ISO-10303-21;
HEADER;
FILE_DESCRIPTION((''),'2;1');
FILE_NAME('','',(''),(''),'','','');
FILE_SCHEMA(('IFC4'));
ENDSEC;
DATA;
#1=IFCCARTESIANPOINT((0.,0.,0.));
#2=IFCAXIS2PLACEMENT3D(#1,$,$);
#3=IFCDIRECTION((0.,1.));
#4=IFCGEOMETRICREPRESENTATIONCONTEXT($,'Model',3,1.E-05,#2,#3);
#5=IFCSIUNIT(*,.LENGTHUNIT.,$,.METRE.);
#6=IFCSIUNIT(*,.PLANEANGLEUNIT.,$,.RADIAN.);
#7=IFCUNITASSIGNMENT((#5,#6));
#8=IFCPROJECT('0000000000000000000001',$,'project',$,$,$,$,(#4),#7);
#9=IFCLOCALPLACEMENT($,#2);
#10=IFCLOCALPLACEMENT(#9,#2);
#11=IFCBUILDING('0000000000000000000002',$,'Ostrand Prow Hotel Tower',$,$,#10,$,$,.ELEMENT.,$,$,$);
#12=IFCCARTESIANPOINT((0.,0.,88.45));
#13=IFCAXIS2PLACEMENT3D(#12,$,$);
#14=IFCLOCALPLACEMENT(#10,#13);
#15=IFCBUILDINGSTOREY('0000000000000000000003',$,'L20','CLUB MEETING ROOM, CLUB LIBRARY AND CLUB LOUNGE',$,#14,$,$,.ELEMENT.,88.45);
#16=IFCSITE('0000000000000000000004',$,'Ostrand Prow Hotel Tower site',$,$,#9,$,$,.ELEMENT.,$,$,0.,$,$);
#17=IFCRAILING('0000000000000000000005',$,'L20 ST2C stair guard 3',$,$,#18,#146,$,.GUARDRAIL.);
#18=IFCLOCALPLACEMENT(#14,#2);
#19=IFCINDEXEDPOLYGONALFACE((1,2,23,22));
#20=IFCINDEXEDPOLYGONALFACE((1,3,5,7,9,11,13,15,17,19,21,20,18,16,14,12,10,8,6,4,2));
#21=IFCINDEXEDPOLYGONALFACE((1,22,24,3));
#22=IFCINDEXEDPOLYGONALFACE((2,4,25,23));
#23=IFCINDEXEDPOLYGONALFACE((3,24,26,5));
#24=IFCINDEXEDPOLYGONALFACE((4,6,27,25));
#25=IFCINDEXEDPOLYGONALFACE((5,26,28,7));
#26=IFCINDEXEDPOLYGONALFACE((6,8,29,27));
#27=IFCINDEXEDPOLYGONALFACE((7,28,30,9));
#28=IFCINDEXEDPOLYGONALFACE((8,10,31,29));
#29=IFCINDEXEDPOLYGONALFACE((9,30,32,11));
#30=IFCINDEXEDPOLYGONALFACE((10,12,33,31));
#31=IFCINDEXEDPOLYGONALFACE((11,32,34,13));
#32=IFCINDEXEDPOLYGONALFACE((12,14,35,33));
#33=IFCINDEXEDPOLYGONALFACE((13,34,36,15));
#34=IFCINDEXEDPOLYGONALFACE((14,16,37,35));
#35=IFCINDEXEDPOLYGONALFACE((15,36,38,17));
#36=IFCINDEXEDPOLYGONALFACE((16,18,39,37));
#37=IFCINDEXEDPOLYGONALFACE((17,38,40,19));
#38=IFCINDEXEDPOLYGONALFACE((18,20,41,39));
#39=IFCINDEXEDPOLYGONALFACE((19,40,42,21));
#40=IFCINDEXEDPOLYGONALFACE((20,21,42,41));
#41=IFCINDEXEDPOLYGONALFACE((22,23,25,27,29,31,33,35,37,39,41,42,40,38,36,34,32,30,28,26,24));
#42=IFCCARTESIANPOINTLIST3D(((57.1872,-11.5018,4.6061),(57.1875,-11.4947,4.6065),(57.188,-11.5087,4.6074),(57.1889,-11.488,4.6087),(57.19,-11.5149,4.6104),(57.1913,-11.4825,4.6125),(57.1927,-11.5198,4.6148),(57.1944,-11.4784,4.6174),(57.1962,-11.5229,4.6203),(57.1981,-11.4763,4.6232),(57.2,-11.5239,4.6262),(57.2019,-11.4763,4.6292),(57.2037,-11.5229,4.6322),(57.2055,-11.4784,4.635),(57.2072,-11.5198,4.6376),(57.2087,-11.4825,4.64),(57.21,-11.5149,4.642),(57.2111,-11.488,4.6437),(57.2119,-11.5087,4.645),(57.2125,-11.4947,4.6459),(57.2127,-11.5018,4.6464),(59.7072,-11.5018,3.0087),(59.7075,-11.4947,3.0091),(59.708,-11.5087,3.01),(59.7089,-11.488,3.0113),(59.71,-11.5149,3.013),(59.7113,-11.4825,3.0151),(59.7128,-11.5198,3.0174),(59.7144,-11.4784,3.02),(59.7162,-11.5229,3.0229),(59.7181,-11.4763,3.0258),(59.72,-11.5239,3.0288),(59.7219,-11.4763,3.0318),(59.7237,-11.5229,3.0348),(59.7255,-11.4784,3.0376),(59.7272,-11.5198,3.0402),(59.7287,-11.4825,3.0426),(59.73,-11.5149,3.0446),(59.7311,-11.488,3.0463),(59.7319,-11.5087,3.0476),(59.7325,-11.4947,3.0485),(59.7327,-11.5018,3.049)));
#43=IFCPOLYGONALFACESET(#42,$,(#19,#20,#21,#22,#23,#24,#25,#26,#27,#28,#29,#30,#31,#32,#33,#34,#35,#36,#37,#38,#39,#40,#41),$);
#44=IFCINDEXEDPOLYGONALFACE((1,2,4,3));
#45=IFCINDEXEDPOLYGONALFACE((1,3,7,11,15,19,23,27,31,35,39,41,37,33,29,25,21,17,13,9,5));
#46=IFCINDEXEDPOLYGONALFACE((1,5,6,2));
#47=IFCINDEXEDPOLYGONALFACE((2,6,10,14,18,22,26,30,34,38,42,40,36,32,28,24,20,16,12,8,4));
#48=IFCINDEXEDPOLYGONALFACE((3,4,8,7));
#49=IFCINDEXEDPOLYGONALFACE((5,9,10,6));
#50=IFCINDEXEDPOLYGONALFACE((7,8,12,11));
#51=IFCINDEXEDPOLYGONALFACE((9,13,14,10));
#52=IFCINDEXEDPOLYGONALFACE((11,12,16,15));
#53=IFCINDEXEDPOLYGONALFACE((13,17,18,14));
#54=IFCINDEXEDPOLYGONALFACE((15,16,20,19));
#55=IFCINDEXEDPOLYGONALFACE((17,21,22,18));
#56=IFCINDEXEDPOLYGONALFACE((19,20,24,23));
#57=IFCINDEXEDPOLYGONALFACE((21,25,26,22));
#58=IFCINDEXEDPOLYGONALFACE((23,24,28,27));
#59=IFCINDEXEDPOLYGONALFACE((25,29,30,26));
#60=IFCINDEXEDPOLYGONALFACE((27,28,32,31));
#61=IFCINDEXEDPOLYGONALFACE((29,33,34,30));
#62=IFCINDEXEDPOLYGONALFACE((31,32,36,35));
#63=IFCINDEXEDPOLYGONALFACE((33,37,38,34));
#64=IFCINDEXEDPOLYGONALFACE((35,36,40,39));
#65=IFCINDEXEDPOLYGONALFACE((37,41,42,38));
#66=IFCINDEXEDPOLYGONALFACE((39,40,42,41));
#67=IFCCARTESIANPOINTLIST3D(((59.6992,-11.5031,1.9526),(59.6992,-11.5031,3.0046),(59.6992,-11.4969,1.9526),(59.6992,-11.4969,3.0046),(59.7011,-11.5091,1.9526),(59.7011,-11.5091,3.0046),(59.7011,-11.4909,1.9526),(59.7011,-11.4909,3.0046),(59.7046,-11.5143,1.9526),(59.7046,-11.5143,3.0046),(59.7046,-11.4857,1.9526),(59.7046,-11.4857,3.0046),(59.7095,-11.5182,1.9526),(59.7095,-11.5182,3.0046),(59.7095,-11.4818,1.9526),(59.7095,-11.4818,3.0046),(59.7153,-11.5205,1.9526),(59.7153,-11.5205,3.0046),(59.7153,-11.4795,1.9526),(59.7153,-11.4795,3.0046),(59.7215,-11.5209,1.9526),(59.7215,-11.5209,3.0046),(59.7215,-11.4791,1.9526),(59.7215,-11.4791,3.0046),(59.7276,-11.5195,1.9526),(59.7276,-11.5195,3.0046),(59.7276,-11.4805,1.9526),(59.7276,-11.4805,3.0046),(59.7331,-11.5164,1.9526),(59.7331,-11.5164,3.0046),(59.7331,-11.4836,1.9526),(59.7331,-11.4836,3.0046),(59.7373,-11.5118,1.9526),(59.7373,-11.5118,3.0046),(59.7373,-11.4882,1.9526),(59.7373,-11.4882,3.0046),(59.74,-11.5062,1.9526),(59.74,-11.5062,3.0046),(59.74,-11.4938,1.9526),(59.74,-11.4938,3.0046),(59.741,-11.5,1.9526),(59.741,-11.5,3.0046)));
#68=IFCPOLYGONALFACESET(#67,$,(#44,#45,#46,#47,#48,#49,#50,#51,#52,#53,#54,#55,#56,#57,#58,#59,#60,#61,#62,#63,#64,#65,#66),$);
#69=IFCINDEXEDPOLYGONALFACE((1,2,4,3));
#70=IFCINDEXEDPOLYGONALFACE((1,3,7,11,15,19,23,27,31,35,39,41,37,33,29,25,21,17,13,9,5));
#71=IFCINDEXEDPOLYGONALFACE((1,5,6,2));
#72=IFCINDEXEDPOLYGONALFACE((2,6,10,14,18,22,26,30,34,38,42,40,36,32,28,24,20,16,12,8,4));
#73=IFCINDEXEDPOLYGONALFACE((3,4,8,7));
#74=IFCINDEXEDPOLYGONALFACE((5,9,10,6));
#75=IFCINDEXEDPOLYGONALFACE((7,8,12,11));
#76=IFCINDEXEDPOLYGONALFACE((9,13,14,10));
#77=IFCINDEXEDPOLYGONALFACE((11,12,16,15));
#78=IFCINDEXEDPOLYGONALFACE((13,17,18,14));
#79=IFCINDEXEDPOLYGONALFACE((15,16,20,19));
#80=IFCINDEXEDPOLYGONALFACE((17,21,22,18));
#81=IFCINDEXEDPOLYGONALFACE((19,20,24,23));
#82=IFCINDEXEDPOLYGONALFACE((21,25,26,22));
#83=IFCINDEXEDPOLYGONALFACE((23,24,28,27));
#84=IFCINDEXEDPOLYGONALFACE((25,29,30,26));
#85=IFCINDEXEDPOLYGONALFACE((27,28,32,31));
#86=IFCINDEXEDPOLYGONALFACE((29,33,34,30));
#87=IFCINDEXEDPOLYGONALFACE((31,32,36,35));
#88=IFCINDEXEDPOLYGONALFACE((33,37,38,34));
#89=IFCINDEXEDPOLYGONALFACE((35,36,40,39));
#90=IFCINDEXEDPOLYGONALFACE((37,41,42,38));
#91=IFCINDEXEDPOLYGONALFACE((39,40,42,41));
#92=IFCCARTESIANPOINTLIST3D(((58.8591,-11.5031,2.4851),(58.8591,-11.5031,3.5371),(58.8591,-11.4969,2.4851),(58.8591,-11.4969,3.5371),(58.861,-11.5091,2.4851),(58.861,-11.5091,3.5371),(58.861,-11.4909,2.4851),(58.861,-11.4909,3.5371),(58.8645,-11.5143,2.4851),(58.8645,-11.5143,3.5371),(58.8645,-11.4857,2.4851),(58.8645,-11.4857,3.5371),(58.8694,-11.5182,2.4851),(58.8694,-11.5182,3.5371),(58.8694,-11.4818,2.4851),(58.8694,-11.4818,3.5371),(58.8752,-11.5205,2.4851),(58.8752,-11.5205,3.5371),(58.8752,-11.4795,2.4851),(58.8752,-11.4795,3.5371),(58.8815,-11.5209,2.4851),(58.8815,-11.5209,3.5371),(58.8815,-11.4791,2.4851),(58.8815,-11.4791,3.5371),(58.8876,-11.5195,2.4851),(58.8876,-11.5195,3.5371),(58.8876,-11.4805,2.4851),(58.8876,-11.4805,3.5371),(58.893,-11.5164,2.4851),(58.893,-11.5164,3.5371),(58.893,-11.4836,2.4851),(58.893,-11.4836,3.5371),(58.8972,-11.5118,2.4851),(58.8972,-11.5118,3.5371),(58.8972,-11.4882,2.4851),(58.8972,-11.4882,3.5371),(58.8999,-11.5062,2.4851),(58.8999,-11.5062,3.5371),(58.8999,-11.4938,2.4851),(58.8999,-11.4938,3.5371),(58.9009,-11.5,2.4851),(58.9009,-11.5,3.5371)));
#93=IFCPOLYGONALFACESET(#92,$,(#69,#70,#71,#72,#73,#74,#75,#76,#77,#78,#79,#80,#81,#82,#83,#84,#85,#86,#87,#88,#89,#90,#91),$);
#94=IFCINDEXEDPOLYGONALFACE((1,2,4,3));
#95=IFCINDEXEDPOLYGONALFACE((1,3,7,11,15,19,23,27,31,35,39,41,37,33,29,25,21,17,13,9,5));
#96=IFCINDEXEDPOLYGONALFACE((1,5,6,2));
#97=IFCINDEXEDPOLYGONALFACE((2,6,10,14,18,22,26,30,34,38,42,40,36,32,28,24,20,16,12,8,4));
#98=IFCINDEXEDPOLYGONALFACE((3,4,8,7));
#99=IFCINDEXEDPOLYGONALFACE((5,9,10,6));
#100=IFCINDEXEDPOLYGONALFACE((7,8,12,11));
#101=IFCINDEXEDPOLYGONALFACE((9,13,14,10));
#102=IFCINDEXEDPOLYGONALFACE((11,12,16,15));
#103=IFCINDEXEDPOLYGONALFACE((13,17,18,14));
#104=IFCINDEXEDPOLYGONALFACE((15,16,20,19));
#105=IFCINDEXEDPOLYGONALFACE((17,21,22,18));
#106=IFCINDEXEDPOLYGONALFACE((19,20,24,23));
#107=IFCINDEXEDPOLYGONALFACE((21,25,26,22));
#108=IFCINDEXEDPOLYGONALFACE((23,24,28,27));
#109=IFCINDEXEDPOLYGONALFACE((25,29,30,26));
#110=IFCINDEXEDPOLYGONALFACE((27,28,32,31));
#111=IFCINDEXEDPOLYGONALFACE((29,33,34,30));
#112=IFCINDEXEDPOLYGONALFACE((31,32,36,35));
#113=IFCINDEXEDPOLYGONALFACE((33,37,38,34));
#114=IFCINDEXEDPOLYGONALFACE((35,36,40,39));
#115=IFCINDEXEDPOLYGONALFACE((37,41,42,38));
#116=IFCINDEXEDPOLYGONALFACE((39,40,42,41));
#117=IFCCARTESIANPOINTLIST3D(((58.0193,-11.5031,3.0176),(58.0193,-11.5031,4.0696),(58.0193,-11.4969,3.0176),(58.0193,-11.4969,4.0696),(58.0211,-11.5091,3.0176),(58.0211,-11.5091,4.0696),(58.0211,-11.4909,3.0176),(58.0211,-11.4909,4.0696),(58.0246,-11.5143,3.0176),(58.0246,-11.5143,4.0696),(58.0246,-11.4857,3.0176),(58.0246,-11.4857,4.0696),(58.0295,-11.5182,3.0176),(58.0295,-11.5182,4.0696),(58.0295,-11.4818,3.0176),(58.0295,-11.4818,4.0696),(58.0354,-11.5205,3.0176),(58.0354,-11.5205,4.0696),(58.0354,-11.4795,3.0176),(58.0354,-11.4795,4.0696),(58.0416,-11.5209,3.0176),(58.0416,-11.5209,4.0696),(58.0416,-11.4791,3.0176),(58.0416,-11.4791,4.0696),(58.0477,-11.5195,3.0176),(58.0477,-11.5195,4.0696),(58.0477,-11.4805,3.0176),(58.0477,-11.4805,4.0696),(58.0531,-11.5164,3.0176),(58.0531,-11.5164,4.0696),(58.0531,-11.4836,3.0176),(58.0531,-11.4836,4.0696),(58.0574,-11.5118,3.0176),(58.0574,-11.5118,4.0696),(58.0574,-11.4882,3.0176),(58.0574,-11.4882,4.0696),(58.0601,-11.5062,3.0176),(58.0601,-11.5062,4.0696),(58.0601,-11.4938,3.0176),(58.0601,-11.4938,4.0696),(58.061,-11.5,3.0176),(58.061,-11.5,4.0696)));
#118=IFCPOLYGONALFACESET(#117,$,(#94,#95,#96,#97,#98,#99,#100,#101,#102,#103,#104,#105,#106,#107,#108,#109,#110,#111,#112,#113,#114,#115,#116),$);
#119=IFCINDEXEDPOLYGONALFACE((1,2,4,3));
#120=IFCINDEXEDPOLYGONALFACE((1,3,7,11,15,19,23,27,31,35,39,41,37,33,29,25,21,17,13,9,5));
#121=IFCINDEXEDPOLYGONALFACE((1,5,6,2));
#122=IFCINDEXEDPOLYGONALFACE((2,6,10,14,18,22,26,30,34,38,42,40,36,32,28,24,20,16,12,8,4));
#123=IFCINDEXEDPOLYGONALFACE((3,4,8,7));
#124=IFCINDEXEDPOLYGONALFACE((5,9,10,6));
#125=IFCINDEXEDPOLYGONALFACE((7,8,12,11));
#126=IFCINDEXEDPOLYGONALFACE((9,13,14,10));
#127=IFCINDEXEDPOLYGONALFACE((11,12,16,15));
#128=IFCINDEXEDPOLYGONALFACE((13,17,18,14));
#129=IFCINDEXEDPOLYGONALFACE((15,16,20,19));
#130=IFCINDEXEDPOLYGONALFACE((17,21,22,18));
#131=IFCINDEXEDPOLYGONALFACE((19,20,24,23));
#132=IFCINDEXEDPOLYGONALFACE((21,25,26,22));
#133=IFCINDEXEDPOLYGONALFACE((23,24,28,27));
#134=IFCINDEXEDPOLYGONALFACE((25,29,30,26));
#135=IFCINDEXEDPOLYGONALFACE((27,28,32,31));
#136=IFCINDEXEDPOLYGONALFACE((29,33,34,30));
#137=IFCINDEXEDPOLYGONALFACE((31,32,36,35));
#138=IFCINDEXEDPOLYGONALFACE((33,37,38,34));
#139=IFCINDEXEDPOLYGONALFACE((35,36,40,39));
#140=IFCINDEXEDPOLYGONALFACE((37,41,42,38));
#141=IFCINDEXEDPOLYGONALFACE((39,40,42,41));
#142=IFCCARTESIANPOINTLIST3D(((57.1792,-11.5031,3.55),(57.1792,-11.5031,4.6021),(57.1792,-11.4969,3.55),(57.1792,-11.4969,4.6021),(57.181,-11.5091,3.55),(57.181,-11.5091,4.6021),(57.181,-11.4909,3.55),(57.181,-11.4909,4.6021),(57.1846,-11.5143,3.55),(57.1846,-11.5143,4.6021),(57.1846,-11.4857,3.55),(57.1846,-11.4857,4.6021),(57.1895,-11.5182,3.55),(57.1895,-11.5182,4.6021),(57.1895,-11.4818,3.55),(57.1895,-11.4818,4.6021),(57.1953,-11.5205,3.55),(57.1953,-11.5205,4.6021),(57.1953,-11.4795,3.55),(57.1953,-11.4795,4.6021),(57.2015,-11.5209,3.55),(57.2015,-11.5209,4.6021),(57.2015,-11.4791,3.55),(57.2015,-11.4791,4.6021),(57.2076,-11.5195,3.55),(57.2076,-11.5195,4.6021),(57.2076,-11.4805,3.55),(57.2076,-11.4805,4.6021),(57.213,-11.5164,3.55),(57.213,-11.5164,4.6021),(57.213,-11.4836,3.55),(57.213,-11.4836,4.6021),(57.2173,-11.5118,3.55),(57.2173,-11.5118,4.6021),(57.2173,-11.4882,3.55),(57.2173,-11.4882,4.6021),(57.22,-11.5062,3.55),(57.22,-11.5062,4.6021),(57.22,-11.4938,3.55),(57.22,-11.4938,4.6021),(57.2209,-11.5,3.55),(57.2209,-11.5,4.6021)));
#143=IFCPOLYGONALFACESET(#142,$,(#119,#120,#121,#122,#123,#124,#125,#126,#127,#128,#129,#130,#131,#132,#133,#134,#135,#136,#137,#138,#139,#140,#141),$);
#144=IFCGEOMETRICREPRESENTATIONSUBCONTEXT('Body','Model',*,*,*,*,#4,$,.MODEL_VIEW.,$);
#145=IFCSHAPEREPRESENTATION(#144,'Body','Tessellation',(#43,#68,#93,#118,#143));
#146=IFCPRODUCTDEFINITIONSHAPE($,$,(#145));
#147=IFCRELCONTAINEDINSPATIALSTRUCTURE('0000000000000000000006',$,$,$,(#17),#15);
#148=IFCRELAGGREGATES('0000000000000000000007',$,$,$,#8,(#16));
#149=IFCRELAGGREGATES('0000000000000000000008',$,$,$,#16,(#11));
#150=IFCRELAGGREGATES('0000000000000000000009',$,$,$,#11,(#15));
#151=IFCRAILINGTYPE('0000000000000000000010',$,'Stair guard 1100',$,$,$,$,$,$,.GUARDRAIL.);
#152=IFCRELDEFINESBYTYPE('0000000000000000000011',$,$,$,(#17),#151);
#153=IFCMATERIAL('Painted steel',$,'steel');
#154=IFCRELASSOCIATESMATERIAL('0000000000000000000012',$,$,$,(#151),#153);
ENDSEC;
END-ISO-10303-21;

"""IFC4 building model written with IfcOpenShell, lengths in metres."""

from ifc_helpers import new_model, si_unit, direction, frame, origin, origin_2d, place, context, subcontext, project, spatial, circle, extrude, material, type_object, element, save


model = new_model("IFC4")

# Units and contexts
model_context = context("Model", 3, precision=1e-05, world=origin(), true_north=direction((0.0, 1.0)))
body_context = subcontext(model_context, "Body", "Model", "MODEL_VIEW")
ifc_project = project(units=[si_unit("LENGTHUNIT", "METRE"), si_unit("PLANEANGLEUNIT", "RADIAN")], contexts=[model_context])

# Site, building, storey
site_placement = place(None, origin())
site = spatial("IfcSite", under=ifc_project, at=site_placement, Name="Ostrand Prow Hotel Tower site", CompositionType="ELEMENT", RefElevation=0.0)
building_placement = place(site_placement, origin())
building = spatial("IfcBuilding", under=site, at=building_placement, Name="Ostrand Prow Hotel Tower", CompositionType="ELEMENT")
storey_placement = place(building_placement, frame((0.0, 0.0, 88.45)))
storey = spatial("IfcBuildingStorey", under=building, at=storey_placement, Name="L20", Description="CLUB MEETING ROOM, CLUB LIBRARY AND CLUB LOUNGE", CompositionType="ELEMENT", Elevation=88.45)

# Railing
ifc_material_1 = material(Name="Painted steel", Category="steel")
railing_type_1 = type_object("IfcRailingType", Name="Stair guard 1100", PredefinedType="GUARDRAIL", material=ifc_material_1)
railing_1_placement = place(storey_placement, frame((59.72, -11.5, 1.9526)))
element("IfcRailing", 1, at=railing_1_placement, inside=storey, type_object=railing_type_1, Name="L20 ST2C stair guard 3", PredefinedType="GUARDRAIL", context=body_context, shape_type="SweptSolid", body=[
    extrude(circle(Radius=0.0239, at=origin_2d()), frame((0.0, 0.0, 1.0762), z_axis=(-0.844607, 0.0, 0.535387), x_axis=(0.0, -1.0, 0.0)), (0.0, 0.0, 1.0), 2.9836),
    extrude(circle(Radius=0.021, at=origin_2d()), origin(), (0.0, 0.0, 1.0), 1.052),
    extrude(circle(Radius=0.021, at=origin_2d()), frame((-0.8401, 0.0, 0.5325)), (0.0, 0.0, 1.0), 1.052),
    extrude(circle(Radius=0.021, at=origin_2d()), frame((-1.6799, 0.0, 1.0649)), (0.0, 0.0, 1.0), 1.052),
    extrude(circle(Radius=0.021, at=origin_2d()), frame((-2.52, 0.0, 1.5974)), (0.0, 0.0, 1.0), 1.052),
])

save(model, "model.ifc")
